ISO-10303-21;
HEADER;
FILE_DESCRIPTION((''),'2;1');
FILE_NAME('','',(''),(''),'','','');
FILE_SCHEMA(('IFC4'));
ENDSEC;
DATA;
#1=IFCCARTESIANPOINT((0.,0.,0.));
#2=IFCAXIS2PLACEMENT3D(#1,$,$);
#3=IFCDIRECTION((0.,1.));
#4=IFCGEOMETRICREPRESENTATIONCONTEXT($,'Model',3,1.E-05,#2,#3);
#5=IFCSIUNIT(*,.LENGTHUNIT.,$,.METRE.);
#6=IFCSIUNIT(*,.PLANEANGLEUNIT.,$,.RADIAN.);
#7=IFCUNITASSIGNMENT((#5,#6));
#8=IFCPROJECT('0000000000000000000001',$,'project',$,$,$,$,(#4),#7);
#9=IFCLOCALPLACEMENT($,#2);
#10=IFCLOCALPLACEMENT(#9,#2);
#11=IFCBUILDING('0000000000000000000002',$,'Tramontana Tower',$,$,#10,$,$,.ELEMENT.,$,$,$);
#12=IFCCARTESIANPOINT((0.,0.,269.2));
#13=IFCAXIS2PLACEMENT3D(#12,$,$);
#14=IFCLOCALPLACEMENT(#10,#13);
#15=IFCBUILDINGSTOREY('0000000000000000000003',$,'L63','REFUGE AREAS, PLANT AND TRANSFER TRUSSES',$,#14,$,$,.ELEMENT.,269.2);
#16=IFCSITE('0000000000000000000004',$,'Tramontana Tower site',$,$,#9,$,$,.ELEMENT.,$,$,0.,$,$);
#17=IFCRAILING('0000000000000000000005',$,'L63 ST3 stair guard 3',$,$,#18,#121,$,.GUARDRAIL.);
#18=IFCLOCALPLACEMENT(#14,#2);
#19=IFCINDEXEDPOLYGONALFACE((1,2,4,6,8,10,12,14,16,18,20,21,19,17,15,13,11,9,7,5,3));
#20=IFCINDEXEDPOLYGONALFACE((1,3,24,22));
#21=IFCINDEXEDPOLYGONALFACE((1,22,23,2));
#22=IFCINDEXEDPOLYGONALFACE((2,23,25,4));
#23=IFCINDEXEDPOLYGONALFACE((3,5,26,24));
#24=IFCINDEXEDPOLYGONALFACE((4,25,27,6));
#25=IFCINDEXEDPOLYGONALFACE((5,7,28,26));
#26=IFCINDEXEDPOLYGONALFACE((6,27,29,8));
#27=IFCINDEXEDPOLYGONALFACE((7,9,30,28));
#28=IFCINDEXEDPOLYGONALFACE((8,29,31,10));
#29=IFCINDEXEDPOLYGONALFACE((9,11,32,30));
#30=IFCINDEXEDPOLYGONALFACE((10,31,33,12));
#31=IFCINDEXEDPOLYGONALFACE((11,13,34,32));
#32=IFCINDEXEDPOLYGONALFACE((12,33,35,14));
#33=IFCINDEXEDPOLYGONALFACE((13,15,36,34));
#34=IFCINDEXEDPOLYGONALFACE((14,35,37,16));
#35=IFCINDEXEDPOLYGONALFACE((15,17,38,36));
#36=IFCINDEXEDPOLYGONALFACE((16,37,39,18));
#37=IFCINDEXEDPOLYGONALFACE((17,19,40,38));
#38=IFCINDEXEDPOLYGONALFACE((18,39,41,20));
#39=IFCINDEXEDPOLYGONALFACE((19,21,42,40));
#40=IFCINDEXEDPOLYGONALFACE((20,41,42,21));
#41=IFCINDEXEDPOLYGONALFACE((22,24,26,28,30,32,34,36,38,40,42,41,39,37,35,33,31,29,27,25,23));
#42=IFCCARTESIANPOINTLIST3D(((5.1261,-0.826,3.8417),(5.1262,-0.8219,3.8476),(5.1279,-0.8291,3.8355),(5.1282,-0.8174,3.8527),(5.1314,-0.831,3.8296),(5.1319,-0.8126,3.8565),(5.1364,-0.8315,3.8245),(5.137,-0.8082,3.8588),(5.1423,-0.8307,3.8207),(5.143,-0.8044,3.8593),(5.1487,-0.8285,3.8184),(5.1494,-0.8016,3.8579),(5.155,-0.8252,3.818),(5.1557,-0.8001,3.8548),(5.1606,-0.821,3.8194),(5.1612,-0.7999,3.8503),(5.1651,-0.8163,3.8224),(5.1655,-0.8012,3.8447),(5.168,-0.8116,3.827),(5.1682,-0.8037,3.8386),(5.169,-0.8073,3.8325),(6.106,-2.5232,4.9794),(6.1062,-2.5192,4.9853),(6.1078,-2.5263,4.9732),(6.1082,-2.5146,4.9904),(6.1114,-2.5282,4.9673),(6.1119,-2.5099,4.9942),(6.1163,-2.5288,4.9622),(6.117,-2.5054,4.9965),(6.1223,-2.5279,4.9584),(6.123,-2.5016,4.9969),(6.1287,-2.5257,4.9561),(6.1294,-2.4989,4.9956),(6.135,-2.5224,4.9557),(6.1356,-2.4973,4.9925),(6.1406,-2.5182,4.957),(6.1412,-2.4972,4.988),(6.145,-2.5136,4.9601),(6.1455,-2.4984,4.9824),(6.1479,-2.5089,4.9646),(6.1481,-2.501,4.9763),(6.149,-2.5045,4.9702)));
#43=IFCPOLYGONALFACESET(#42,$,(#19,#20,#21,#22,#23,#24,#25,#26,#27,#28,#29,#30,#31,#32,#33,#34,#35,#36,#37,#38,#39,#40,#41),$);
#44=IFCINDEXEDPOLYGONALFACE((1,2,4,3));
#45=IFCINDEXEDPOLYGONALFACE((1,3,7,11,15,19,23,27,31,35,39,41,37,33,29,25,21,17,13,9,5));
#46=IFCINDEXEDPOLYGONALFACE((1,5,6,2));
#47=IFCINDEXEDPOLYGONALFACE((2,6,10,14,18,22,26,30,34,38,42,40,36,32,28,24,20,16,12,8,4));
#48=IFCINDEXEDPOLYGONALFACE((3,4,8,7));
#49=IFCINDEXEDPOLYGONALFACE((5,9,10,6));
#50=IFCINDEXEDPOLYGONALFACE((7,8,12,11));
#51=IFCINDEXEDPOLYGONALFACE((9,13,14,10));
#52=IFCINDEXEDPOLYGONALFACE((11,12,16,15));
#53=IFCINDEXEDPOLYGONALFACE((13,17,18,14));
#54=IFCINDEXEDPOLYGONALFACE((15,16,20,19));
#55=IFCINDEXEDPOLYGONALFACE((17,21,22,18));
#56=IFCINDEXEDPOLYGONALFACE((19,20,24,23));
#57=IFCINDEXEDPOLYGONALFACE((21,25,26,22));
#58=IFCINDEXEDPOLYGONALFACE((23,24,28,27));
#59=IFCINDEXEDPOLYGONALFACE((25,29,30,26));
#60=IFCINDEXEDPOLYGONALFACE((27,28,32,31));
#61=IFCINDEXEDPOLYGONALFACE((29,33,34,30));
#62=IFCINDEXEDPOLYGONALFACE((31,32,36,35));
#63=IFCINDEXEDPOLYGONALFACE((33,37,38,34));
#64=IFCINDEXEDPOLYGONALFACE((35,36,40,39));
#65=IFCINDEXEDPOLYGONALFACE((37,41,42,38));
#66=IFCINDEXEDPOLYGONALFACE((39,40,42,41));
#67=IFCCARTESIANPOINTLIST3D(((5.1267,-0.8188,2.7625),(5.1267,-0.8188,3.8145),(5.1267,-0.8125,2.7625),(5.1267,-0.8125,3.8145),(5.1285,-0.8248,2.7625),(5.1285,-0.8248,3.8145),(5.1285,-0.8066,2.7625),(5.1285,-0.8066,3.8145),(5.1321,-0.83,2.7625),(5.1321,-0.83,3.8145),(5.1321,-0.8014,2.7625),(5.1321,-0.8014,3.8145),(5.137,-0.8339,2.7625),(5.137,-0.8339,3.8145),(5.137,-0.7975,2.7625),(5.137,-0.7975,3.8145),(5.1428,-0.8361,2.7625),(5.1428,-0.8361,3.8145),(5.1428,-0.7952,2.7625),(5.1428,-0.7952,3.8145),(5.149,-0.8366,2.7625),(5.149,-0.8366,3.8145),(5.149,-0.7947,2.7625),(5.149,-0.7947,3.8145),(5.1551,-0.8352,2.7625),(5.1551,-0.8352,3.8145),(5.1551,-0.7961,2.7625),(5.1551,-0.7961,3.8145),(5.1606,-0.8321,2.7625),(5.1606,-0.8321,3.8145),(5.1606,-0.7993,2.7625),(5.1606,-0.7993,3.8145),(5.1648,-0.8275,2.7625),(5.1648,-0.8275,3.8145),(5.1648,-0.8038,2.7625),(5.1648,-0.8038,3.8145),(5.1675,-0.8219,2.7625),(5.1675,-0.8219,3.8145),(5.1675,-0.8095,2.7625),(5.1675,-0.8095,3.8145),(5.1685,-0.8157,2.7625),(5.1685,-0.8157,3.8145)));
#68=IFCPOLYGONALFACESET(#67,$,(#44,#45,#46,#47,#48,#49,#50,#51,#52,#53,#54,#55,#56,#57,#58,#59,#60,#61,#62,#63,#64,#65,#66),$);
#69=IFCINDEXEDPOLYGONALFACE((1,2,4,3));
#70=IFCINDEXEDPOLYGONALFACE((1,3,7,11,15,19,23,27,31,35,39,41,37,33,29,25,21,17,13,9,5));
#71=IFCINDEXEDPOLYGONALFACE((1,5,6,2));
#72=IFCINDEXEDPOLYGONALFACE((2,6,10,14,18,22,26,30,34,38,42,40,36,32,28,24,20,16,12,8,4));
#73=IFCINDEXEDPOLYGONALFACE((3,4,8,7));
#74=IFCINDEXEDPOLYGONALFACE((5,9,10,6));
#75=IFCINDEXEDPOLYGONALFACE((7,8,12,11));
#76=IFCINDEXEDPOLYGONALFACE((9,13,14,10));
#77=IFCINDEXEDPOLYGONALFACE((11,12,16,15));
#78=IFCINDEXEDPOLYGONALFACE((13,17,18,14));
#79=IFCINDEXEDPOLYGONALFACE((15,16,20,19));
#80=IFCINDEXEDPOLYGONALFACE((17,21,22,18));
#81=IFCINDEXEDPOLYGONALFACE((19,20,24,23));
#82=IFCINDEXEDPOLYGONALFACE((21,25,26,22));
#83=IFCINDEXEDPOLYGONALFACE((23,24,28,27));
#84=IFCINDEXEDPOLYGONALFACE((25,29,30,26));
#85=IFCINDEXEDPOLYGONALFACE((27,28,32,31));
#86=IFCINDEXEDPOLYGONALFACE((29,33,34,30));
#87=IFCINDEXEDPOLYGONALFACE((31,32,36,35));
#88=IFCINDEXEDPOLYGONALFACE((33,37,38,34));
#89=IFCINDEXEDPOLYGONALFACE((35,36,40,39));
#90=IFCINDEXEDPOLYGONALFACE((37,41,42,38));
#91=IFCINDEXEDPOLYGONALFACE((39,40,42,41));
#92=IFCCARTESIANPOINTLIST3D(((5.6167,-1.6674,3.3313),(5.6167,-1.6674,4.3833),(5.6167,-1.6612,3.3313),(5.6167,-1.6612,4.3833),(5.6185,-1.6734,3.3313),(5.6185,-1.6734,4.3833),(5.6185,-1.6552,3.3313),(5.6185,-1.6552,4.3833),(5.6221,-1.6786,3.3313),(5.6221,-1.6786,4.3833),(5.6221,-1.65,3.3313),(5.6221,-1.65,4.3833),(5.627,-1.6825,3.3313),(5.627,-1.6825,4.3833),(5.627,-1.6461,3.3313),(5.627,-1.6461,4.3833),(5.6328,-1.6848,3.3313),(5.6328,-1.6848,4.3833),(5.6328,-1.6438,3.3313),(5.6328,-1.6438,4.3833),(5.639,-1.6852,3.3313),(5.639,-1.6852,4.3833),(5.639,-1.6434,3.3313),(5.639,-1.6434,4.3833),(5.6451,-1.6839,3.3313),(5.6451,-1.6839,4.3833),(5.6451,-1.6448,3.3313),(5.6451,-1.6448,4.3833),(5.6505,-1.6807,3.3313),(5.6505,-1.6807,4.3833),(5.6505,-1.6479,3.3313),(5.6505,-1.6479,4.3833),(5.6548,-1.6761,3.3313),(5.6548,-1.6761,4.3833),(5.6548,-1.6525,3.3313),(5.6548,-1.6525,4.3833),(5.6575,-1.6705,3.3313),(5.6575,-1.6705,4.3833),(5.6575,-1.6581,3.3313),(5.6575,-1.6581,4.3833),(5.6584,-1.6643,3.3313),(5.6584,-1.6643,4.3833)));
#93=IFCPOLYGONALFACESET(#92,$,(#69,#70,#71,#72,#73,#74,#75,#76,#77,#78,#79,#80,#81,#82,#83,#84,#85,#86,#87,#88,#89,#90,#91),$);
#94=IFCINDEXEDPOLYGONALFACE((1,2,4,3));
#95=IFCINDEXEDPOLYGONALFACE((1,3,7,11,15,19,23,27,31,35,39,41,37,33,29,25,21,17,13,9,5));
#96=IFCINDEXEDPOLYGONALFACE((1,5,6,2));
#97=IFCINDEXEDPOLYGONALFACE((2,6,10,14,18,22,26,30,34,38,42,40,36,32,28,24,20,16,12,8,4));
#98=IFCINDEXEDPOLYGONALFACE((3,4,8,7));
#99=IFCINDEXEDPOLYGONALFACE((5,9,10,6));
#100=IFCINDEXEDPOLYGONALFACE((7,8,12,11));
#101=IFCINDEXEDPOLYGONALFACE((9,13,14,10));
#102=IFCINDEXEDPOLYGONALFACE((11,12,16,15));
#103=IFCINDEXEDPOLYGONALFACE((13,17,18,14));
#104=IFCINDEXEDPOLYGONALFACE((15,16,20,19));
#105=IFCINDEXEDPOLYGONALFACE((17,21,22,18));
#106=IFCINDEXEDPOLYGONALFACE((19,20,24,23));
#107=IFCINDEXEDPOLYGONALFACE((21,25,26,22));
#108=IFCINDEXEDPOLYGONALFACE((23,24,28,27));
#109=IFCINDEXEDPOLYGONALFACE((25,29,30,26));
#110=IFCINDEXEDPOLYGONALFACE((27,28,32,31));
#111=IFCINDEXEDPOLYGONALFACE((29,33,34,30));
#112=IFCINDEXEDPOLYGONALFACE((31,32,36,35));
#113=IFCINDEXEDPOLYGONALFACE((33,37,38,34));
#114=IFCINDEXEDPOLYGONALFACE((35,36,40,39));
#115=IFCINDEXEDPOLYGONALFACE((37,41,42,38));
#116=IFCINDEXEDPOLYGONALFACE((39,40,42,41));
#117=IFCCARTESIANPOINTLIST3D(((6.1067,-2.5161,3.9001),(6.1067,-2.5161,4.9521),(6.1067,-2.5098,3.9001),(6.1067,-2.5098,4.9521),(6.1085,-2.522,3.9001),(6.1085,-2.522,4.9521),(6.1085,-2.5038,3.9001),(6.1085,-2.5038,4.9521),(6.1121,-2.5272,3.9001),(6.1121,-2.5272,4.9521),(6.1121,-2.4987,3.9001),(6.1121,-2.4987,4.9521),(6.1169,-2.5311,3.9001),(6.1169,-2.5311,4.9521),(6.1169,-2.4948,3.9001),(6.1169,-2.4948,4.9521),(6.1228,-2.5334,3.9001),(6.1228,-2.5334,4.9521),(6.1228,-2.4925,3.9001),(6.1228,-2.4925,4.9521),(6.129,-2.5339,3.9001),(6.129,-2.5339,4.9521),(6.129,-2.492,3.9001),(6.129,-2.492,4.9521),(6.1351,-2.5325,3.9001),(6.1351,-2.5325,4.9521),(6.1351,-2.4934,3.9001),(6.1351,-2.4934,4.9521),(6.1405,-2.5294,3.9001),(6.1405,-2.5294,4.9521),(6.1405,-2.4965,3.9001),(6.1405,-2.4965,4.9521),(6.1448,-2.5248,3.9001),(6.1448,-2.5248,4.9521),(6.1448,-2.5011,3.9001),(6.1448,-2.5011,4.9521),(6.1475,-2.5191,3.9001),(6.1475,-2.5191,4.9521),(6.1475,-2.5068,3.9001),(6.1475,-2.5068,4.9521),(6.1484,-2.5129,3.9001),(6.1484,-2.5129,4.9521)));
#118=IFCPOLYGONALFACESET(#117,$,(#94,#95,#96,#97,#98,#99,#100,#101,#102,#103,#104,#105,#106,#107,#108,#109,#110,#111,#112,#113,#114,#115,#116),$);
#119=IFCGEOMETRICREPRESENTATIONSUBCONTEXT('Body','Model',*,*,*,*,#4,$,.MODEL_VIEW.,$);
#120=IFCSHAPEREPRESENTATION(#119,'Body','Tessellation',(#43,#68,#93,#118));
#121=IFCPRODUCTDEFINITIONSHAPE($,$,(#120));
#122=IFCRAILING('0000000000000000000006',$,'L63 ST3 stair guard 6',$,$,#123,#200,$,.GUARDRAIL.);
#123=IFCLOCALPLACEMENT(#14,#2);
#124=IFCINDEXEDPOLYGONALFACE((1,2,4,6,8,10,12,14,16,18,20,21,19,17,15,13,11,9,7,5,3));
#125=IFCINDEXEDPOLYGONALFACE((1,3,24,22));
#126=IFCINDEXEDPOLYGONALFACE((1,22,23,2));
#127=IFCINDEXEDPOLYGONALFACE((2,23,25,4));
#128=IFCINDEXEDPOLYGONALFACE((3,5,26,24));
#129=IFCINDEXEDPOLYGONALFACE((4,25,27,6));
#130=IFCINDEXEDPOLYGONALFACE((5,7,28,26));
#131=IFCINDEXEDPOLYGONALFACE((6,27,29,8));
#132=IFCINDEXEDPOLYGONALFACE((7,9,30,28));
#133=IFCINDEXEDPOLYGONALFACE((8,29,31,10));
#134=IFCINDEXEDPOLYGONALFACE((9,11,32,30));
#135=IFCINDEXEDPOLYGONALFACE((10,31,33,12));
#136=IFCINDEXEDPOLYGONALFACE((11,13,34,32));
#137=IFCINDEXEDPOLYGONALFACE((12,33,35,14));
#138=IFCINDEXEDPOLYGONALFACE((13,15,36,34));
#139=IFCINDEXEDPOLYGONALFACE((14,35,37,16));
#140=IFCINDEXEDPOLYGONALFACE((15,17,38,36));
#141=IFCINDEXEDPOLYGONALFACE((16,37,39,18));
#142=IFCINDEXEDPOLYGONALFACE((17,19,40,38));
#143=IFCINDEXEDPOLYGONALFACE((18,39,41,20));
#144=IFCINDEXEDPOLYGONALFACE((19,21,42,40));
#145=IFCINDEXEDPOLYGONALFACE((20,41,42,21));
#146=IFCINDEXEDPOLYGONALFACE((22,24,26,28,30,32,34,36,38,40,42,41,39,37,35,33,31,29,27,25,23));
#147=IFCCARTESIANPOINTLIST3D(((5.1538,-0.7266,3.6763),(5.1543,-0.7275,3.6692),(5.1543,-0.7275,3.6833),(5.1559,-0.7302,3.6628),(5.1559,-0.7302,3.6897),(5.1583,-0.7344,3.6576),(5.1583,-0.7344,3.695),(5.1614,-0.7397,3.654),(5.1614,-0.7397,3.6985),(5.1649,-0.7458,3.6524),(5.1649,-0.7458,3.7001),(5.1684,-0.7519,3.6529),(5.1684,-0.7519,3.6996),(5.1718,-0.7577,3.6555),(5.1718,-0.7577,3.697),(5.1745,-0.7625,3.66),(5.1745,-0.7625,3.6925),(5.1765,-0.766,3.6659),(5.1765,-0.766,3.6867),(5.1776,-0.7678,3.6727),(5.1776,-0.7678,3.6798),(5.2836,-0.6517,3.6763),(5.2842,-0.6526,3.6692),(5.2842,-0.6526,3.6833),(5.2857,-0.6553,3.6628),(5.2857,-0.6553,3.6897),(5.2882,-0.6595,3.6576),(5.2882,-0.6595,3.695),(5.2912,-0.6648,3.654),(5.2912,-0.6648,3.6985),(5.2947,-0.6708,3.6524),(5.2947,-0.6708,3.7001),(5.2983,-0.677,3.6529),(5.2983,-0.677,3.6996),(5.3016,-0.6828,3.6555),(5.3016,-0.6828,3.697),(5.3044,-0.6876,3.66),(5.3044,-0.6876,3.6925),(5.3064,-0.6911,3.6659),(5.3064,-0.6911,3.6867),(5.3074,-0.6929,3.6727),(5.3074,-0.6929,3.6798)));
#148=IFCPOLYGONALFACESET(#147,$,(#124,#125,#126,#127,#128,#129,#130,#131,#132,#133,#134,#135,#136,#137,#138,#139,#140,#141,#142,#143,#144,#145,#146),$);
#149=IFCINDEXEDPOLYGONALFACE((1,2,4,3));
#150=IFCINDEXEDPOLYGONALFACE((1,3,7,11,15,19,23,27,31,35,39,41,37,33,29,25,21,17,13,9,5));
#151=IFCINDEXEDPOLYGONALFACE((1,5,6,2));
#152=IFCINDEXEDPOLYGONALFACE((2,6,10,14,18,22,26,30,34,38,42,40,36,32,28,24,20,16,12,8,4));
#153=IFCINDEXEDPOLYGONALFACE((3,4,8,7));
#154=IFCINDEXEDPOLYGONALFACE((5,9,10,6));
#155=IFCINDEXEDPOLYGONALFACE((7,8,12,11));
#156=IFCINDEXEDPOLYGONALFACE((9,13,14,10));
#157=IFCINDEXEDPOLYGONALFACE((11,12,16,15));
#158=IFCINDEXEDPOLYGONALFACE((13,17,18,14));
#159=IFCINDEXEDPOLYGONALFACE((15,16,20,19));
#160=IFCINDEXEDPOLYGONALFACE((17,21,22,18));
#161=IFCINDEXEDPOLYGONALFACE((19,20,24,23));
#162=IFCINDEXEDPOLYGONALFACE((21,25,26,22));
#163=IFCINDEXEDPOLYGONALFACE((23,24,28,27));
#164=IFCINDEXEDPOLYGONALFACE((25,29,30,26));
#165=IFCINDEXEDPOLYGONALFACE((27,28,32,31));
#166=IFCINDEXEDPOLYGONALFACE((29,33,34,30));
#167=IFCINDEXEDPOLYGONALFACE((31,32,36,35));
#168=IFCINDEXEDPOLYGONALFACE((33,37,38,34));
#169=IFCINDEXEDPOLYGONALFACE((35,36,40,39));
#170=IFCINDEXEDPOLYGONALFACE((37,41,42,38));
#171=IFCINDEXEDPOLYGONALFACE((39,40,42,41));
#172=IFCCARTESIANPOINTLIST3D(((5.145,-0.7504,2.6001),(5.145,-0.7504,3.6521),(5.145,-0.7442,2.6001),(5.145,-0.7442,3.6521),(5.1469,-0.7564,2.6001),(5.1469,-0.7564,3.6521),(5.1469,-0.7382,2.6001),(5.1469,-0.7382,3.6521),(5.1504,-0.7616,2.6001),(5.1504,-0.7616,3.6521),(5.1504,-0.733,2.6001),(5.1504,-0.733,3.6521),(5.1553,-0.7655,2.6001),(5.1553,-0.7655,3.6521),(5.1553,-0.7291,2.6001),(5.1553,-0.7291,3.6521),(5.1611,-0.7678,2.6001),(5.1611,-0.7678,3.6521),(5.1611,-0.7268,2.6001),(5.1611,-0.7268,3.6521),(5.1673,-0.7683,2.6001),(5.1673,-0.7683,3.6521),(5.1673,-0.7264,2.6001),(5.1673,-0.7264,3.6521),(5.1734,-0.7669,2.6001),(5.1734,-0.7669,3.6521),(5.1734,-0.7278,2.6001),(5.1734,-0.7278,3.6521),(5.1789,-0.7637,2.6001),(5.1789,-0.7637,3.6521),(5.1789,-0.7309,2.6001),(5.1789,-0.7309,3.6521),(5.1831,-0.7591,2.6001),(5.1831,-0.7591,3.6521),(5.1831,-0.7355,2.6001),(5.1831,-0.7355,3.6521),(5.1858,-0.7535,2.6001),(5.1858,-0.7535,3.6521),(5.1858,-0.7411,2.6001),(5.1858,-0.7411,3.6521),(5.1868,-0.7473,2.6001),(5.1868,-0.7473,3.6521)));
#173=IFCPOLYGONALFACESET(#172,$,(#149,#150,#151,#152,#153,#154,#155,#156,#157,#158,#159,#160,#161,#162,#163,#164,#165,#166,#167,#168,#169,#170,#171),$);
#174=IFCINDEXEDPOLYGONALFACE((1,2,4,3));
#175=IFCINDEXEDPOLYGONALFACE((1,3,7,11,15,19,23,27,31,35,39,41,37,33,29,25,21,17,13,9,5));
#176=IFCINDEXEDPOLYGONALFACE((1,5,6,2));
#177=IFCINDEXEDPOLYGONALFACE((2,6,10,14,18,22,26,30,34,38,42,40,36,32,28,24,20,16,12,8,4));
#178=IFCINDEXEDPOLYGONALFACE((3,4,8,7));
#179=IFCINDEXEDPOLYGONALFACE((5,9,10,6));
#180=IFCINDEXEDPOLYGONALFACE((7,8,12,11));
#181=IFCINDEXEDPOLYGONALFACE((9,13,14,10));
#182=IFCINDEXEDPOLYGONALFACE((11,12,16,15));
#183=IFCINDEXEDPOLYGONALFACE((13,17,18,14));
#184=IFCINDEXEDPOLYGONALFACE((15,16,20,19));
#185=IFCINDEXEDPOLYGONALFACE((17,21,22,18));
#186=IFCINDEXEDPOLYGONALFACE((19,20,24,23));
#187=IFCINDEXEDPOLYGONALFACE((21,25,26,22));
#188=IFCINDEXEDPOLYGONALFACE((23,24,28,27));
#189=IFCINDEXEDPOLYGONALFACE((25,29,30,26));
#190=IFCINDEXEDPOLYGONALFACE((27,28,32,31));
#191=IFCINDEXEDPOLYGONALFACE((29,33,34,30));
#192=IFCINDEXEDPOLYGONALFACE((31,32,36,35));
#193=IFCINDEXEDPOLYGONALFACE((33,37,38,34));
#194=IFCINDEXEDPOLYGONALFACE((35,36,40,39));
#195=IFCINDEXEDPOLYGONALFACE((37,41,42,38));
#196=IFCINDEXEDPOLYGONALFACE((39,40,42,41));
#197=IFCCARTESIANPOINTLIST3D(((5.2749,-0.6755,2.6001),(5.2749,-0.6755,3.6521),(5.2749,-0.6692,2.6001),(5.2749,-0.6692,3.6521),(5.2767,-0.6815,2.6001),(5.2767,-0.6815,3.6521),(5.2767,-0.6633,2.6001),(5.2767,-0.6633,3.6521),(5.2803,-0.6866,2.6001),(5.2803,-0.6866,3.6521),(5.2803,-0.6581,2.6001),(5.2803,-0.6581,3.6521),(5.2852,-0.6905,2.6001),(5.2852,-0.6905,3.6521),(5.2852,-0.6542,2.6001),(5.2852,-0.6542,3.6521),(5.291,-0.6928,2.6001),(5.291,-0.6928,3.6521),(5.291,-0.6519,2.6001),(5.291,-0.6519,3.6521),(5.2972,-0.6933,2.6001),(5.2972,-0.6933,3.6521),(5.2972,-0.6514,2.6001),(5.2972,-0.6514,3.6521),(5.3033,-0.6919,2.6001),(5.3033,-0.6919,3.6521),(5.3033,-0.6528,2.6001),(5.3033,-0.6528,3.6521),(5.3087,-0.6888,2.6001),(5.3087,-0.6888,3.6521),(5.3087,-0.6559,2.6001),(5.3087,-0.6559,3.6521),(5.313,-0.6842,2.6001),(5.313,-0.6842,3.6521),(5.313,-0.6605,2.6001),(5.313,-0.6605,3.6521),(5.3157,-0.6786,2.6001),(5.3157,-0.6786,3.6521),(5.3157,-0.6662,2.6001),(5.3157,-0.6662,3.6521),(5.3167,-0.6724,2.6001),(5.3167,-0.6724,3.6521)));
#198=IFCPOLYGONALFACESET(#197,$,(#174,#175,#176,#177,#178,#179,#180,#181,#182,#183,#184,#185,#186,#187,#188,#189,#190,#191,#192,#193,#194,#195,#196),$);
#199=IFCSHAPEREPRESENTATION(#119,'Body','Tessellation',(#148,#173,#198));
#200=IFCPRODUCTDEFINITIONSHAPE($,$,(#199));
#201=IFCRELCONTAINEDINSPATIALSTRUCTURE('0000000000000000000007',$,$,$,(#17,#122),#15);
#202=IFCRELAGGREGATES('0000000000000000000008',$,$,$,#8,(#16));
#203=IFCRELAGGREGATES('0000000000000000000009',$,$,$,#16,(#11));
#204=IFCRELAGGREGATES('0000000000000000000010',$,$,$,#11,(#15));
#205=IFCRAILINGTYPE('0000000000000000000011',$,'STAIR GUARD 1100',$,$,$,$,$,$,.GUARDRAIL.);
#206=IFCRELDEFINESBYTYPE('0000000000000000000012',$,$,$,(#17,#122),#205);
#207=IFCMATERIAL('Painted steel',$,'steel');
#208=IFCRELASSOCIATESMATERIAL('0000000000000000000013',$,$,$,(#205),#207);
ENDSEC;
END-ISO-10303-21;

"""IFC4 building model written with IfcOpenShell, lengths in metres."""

from ifc_helpers import new_model, si_unit, direction, frame, origin, origin_2d, place, context, subcontext, project, spatial, circle, extrude, material, type_object, element, save


model = new_model("IFC4")

# Units and contexts
model_context = context("Model", 3, precision=1e-05, world=origin(), true_north=direction((0.0, 1.0)))
body_context = subcontext(model_context, "Body", "Model", "MODEL_VIEW")
ifc_project = project(units=[si_unit("LENGTHUNIT", "METRE"), si_unit("PLANEANGLEUNIT", "RADIAN")], contexts=[model_context])

# Site, building, storey
site_placement = place(None, origin())
site = spatial("IfcSite", under=ifc_project, at=site_placement, Name="Tramontana Tower site", CompositionType="ELEMENT", RefElevation=0.0)
building_placement = place(site_placement, origin())
building = spatial("IfcBuilding", under=site, at=building_placement, Name="Tramontana Tower", CompositionType="ELEMENT")
storey_placement = place(building_placement, frame((0.0, 0.0, 269.2)))
storey = spatial("IfcBuildingStorey", under=building, at=storey_placement, Name="L63", Description="REFUGE AREAS, PLANT AND TRANSFER TRUSSES", CompositionType="ELEMENT", Elevation=269.2)

# Railings
ifc_material_1 = material(Name="Painted steel", Category="steel")
railing_type_1 = type_object("IfcRailingType", Name="STAIR GUARD 1100", PredefinedType="GUARDRAIL", material=ifc_material_1)
railing_1_placement = place(storey_placement, frame((5.1475, -0.8157, 2.7625)))
element("IfcRailing", 1, at=railing_1_placement, inside=storey, type_object=railing_type_1, Name="L63 ST3 stair guard 3", PredefinedType="GUARDRAIL", context=body_context, shape_type="SweptSolid", body=[
    extrude(circle(Radius=0.0239, at=origin_2d()), frame((0.0, 0.0, 1.0762), z_axis=(0.432443, -0.748965, 0.502039), x_axis=(0.866011, 0.500024, 0.0)), (0.0, 0.0, 1.0), 2.2661),
    extrude(circle(Radius=0.021, at=origin_2d()), origin(), (0.0, 0.0, 1.0), 1.052),
    extrude(circle(Radius=0.021, at=origin_2d()), frame((0.49, -0.8486, 0.5688)), (0.0, 0.0, 1.0), 1.052),
    extrude(circle(Radius=0.021, at=origin_2d()), frame((0.98, -1.6973, 1.1377)), (0.0, 0.0, 1.0), 1.052),
])
railing_2_placement = place(storey_placement, frame((5.1658, -0.7473, 2.6001)))
element("IfcRailing", 2, at=railing_2_placement, inside=storey, type_object=railing_type_1, Name="L63 ST3 stair guard 6", PredefinedType="GUARDRAIL", context=body_context, shape_type="SweptSolid", body=[
    extrude(circle(Radius=0.0239, at=origin_2d()), frame((0.0, 0.0, 1.0762), z_axis=(0.866131, 0.499816, 0.0), x_axis=(-0.499816, 0.866131, 0.0)), (0.0, 0.0, 1.0), 0.1499),
    extrude(circle(Radius=0.021, at=origin_2d()), origin(), (0.0, 0.0, 1.0), 1.052),
    extrude(circle(Radius=0.021, at=origin_2d()), frame((0.1299, 0.075, 0.0)), (0.0, 0.0, 1.0), 1.052),
])

save(model, "model.ifc")
